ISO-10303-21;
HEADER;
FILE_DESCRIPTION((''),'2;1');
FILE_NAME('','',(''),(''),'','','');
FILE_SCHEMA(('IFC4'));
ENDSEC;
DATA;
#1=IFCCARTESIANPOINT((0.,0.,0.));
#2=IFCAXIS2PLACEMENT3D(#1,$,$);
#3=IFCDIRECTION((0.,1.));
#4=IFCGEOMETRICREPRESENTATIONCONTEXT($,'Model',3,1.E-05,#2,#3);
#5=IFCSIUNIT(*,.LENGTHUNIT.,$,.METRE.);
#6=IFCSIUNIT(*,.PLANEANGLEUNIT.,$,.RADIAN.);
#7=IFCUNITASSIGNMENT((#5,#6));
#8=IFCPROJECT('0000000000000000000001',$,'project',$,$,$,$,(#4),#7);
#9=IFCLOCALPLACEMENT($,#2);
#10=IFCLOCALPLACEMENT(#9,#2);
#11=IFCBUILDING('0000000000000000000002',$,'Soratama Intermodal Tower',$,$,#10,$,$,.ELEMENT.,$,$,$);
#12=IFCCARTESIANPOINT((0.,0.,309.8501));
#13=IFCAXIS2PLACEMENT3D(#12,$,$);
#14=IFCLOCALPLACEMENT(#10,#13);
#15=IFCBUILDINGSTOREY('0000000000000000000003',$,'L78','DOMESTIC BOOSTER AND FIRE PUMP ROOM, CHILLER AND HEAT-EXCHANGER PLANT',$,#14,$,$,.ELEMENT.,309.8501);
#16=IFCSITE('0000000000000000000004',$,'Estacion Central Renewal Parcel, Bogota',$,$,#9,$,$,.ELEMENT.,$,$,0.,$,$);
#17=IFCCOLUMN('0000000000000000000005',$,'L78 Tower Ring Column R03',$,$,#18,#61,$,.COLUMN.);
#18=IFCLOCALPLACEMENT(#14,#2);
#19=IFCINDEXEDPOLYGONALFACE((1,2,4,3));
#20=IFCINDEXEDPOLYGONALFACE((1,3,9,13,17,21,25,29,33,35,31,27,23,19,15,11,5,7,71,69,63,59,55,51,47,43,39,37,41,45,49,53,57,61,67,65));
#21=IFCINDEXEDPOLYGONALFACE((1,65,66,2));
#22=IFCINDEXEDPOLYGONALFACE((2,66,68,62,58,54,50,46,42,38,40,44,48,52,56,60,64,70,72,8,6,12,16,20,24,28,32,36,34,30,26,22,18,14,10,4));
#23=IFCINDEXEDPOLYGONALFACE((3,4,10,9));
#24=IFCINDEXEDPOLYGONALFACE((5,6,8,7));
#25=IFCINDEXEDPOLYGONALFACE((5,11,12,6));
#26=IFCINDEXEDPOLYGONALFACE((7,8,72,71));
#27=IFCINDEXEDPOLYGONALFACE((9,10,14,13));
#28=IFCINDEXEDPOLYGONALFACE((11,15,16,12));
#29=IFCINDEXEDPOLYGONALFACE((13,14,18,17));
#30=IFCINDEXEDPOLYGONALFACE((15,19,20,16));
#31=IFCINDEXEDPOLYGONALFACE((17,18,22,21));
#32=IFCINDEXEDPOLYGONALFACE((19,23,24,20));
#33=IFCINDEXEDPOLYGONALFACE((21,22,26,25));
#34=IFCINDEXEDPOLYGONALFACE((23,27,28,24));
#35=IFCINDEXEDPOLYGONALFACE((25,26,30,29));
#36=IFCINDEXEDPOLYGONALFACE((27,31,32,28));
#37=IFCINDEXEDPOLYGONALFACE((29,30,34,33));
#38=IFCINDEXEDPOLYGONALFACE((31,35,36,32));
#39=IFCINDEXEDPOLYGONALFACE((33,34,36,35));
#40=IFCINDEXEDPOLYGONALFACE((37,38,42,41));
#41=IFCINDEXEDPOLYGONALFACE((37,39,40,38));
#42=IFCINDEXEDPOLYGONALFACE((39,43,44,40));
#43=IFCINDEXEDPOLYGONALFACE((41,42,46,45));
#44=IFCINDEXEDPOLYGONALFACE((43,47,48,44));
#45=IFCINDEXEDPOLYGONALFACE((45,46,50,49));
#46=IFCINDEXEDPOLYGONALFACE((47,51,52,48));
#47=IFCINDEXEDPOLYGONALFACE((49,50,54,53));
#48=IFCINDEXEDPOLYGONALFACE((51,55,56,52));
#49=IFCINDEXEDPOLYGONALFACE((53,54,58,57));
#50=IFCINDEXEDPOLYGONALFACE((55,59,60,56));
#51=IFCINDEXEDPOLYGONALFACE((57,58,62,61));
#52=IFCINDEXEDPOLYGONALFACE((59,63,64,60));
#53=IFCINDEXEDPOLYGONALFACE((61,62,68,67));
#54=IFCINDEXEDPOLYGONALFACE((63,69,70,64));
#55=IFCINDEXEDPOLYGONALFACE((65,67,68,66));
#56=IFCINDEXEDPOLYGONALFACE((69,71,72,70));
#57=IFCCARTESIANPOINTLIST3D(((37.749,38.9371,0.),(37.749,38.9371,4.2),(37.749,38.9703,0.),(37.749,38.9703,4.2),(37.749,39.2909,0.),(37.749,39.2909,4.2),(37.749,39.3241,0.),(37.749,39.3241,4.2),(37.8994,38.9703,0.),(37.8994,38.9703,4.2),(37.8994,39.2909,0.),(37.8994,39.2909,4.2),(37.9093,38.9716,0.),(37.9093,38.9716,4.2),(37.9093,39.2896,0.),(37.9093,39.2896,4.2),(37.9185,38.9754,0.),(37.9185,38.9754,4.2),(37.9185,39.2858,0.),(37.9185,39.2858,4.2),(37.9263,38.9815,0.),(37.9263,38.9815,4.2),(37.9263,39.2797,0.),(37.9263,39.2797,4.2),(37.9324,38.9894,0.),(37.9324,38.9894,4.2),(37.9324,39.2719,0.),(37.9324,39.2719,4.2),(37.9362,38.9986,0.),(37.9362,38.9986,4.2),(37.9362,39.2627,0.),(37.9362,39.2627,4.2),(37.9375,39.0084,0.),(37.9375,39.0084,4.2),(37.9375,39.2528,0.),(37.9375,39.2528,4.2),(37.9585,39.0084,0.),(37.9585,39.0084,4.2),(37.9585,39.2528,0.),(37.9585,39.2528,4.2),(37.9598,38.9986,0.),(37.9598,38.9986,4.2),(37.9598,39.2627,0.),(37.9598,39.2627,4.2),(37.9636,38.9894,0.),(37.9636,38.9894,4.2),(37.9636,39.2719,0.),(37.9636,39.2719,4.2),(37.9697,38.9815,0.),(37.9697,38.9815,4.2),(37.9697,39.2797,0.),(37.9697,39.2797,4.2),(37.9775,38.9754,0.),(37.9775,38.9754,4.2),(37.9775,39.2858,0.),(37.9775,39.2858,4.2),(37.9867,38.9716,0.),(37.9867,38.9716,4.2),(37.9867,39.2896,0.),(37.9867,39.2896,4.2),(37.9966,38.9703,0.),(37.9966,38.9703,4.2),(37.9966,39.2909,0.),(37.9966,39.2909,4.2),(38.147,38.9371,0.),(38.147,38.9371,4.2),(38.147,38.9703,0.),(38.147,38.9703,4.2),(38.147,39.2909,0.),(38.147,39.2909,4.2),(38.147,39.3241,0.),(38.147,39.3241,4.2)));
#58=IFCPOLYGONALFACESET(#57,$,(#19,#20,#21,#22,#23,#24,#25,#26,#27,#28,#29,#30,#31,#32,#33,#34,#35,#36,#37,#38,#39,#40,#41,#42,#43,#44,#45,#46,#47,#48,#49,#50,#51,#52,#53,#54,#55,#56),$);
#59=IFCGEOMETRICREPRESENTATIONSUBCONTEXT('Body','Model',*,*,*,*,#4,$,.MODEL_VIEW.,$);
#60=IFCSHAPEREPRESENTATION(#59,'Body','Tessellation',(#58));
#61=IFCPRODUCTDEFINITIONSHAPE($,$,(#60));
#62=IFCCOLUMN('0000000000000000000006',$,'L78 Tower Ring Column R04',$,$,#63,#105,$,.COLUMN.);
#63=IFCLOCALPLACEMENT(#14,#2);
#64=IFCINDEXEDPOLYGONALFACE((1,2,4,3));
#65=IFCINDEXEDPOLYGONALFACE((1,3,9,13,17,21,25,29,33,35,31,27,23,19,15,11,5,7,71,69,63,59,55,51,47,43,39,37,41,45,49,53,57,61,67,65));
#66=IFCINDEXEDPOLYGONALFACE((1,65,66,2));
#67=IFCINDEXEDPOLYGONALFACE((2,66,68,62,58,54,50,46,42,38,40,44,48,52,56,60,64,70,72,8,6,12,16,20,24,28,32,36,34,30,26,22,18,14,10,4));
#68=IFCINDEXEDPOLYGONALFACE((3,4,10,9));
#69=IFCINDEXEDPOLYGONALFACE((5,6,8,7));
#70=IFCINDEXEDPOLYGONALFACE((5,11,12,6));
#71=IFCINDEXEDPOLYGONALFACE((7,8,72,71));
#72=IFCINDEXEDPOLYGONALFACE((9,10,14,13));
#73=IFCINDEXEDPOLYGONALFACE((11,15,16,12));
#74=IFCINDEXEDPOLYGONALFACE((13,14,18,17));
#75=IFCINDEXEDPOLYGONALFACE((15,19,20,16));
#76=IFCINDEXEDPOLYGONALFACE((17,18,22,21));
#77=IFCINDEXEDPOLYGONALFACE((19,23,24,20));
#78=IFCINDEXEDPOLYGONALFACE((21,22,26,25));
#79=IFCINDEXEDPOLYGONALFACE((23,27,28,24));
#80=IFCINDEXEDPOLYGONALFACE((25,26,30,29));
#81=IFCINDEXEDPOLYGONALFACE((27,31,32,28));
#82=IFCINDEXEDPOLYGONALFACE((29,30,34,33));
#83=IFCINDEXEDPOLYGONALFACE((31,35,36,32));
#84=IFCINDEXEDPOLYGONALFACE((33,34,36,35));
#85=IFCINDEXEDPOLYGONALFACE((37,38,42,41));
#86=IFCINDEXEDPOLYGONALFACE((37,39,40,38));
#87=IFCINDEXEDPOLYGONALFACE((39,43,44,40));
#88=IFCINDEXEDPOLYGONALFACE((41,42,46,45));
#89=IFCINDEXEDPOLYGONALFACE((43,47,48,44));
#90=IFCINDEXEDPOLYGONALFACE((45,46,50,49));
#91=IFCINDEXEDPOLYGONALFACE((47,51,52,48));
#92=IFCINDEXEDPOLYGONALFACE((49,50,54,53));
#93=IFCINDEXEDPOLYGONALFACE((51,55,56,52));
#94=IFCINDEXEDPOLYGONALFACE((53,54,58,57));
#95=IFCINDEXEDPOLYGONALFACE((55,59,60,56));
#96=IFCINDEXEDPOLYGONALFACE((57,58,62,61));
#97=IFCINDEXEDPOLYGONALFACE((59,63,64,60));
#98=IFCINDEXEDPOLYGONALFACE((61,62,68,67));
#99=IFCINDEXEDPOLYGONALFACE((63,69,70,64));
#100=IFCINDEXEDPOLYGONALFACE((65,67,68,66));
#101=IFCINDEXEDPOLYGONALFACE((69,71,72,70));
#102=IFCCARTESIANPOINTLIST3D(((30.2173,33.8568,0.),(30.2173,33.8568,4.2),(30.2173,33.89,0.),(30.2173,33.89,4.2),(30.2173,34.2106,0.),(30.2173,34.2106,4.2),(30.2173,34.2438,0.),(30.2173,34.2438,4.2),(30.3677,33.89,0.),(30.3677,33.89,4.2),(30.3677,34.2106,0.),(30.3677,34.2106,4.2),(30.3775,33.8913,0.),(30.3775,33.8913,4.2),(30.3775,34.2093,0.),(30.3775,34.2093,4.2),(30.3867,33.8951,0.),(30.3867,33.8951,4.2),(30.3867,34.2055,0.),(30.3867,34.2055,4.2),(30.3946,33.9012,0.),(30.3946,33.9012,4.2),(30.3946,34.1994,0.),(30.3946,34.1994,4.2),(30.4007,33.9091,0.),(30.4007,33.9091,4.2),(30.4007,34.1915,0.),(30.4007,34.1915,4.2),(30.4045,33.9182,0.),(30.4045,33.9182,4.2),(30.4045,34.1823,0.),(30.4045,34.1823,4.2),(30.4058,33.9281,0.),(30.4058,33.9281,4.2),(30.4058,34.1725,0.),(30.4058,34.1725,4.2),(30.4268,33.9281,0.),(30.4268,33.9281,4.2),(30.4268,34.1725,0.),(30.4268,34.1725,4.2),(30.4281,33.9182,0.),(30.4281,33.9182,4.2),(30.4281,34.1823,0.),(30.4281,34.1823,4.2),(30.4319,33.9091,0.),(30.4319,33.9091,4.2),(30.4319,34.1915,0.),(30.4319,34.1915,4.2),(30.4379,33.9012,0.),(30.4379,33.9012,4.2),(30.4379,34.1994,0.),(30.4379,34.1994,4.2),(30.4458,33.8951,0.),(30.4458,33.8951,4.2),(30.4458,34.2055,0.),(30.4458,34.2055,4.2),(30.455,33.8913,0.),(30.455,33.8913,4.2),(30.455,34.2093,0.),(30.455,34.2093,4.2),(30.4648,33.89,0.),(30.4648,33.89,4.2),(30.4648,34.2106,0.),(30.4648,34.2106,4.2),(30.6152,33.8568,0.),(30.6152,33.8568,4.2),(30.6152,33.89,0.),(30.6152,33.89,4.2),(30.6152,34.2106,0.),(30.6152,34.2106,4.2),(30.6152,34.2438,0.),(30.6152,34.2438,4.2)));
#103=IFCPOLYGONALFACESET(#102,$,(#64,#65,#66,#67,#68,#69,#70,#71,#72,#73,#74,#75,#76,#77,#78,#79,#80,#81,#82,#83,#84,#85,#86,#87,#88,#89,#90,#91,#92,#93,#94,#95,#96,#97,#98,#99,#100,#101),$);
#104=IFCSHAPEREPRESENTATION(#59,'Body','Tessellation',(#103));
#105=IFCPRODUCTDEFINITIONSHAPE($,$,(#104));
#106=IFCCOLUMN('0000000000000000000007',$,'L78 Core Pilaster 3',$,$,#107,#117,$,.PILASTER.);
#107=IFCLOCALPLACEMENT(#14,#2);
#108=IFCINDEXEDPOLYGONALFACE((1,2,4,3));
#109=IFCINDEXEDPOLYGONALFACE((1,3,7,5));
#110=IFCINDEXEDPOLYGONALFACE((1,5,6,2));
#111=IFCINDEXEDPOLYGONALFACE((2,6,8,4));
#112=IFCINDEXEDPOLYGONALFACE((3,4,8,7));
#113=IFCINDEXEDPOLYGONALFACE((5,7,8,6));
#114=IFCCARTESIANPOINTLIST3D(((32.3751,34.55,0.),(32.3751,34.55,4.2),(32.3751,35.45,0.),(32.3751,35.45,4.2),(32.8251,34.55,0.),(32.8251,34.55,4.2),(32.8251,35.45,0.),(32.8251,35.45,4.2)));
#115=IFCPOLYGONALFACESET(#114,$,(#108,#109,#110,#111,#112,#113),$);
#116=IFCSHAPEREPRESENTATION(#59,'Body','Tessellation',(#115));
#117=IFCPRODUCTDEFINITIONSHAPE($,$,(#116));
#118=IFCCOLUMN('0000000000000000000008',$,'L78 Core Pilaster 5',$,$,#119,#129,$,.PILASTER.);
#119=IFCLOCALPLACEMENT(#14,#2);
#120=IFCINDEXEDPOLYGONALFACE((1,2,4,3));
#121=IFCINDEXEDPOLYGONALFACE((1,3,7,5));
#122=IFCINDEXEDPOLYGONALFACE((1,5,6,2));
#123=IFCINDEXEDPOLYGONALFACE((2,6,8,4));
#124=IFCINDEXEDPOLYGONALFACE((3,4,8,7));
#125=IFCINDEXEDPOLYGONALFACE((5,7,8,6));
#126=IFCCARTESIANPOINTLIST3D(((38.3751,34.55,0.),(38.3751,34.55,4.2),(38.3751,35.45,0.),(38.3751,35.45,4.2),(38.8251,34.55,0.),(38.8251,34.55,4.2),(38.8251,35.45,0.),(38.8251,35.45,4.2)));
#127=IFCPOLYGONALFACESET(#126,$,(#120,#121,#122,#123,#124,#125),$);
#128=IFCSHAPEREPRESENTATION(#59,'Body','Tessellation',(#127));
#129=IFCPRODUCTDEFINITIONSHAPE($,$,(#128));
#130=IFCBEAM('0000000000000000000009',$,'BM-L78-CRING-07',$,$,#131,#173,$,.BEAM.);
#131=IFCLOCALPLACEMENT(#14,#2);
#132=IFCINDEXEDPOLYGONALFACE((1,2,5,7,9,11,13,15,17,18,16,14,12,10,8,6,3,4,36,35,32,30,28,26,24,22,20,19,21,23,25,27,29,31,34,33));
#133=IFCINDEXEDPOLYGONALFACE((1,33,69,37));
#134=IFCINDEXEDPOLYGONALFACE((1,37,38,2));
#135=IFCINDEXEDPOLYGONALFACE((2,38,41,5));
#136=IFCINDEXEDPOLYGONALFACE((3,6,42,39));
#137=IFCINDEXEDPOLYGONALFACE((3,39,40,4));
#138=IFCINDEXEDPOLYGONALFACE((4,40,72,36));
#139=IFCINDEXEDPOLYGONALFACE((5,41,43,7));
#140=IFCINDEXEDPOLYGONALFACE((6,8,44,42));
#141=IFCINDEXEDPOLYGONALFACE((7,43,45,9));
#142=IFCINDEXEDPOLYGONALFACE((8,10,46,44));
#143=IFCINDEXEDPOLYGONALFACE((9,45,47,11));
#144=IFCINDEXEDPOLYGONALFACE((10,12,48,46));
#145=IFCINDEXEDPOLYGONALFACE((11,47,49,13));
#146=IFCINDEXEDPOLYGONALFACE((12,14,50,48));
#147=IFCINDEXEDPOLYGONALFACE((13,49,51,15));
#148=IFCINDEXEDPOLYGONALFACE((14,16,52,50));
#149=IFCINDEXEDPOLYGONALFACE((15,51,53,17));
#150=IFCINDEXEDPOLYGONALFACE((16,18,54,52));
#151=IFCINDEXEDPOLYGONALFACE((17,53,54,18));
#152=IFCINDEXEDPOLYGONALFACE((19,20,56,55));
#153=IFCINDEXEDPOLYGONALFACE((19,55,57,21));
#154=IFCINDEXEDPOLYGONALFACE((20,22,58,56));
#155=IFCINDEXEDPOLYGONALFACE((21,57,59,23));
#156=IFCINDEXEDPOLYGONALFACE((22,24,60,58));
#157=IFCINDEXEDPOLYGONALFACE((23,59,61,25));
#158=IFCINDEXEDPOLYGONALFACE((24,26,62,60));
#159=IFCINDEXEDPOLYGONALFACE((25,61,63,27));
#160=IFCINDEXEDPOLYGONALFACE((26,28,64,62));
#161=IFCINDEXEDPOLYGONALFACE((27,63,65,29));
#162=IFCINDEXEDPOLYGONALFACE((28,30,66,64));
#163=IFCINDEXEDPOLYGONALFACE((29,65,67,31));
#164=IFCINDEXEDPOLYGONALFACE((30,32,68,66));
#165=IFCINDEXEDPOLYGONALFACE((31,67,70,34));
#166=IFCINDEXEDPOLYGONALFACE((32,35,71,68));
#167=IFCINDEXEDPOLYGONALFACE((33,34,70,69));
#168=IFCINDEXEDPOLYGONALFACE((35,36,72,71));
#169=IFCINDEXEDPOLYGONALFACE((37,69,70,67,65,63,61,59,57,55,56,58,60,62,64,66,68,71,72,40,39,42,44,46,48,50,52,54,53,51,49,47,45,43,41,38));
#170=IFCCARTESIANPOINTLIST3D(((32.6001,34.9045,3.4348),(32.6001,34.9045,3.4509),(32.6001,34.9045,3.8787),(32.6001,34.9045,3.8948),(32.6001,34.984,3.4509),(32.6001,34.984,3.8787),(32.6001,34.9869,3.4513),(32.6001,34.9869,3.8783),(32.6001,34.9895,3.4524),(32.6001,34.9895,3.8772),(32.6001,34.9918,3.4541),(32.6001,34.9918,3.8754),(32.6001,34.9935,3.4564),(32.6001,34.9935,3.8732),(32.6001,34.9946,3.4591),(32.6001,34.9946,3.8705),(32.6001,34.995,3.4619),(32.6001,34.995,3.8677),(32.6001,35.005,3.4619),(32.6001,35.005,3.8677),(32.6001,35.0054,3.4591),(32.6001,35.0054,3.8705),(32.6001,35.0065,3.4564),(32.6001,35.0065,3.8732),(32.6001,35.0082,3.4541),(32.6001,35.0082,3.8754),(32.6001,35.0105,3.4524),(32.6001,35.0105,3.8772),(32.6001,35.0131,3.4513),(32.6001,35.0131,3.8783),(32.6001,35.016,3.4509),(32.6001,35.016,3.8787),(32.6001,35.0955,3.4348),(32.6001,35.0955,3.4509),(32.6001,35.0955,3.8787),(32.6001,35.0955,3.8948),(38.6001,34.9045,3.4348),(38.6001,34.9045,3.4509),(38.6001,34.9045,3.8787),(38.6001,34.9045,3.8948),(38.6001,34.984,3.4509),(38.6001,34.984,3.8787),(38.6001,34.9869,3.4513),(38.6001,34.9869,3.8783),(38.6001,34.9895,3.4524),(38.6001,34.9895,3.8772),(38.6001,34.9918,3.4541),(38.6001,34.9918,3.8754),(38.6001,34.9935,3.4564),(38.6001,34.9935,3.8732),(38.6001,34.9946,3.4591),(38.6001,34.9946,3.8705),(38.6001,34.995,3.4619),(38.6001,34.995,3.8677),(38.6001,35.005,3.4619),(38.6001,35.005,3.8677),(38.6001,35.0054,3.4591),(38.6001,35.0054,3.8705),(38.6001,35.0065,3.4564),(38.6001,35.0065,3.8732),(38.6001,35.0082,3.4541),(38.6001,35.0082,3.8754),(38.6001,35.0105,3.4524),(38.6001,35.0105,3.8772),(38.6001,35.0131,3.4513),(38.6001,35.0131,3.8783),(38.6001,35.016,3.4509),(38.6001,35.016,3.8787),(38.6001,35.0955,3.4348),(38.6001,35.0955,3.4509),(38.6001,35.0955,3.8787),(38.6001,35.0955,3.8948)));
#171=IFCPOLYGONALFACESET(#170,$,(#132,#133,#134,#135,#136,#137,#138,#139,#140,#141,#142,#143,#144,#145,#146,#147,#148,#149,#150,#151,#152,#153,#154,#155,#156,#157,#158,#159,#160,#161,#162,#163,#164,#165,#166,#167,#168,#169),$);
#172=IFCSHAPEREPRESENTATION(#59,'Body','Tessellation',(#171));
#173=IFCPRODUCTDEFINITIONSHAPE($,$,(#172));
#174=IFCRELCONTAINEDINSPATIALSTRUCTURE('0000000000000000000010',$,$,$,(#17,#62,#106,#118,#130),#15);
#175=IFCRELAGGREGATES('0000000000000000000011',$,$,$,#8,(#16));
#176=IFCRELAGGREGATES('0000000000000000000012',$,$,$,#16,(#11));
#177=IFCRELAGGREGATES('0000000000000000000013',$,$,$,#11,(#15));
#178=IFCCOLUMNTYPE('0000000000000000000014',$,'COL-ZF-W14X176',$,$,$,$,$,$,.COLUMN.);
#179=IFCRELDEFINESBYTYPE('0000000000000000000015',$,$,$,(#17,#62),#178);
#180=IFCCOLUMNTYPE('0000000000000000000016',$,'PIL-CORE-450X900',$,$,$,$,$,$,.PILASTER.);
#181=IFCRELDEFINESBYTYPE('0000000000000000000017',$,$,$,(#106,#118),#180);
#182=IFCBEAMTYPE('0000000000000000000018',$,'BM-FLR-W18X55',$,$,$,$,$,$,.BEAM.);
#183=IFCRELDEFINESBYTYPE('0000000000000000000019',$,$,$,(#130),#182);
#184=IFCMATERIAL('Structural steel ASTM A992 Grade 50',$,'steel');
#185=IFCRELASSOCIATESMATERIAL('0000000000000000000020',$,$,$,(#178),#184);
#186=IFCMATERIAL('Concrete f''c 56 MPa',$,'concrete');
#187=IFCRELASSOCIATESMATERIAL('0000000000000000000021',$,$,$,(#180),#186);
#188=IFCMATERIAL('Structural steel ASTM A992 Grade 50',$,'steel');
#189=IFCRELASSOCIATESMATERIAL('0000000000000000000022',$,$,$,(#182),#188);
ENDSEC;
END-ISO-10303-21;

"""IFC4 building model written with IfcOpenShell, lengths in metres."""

from ifc_helpers import new_model, si_unit, direction, frame, origin, origin_2d, place, context, subcontext, project, spatial, rectangle, i_section, extrude, material, material_profile, profile_set, type_object, element, save


model = new_model("IFC4")

# Units and contexts
model_context = context("Model", 3, precision=1e-05, world=origin(), true_north=direction((0.0, 1.0)))
body_context = subcontext(model_context, "Body", "Model", "MODEL_VIEW")
ifc_project = project(units=[si_unit("LENGTHUNIT", "METRE"), si_unit("PLANEANGLEUNIT", "RADIAN")], contexts=[model_context])

# Site, building, storey
site_placement = place(None, origin())
site = spatial("IfcSite", under=ifc_project, at=site_placement, Name="Estacion Central Renewal Parcel, Bogota", CompositionType="ELEMENT", RefElevation=0.0)
building_placement = place(site_placement, origin())
building = spatial("IfcBuilding", under=site, at=building_placement, Name="Soratama Intermodal Tower", CompositionType="ELEMENT")
storey_placement = place(building_placement, frame((0.0, 0.0, 309.8501)))
storey = spatial("IfcBuildingStorey", under=building, at=storey_placement, Name="L78", Description="DOMESTIC BOOSTER AND FIRE PUMP ROOM, CHILLER AND HEAT-EXCHANGER PLANT", CompositionType="ELEMENT", Elevation=309.8501)

# Columns
ifc_material_1 = material(Name="Structural steel ASTM A992 Grade 50", Category="steel")
ifc_material_profile_1 = material_profile(ifc_material_1, i_section(OverallWidth=0.3979, OverallDepth=0.387, WebThickness=0.021, FlangeThickness=0.0332, FilletRadius=0.0381, at=origin_2d()), Name="W14X176")
ifc_profile_set_1 = profile_set([ifc_material_profile_1], Name="Structural steel ASTM A992 Grade 50")
column_type_1 = type_object("IfcColumnType", Name="COL-ZF-W14X176", PredefinedType="COLUMN", material=ifc_profile_set_1)
for number, where, z_axis, x_axis, name in (
    (1, (37.948, 39.1306, 0.0), (0.0, 0.0, 1.0), (1.0, 0.0, 0.0), "L78 Tower Ring Column R03"),
    (2, (30.4163, 34.0503, 0.0), (0.0, 0.0, 1.0), (1.0, 0.0, 0.0), "L78 Tower Ring Column R04"),
):
    element("IfcColumn", number, at=place(storey_placement, frame(where, z_axis=z_axis, x_axis=x_axis)), inside=storey, type_object=column_type_1, Name=name, PredefinedType="COLUMN", context=body_context, shape_type="SweptSolid", body=[
        extrude(i_section(OverallWidth=0.3979, OverallDepth=0.387, WebThickness=0.021, FlangeThickness=0.0332, FilletRadius=0.0381, at=origin_2d()), origin(), (0.0, 0.0, 1.0), 4.2),
    ])
ifc_material_2 = material(Name="Concrete f'c 56 MPa", Category="concrete")
ifc_material_profile_2 = material_profile(ifc_material_2, rectangle(XDim=0.45, YDim=0.8999, at=origin_2d()), Name="RC450X900")
ifc_profile_set_2 = profile_set([ifc_material_profile_2], Name="Concrete f'c 56 MPa")
column_type_2 = type_object("IfcColumnType", Name="PIL-CORE-450X900", PredefinedType="PILASTER", material=ifc_profile_set_2)
for number, where, z_axis, x_axis, name in (
    (3, (32.6001, 35.0, 0.0), (0.0, 0.0, 1.0), (1.0, 0.0, 0.0), "L78 Core Pilaster 3"),
    (4, (38.6001, 35.0, 0.0), (0.0, 0.0, 1.0), (1.0, 0.0, 0.0), "L78 Core Pilaster 5"),
):
    element("IfcColumn", number, at=place(storey_placement, frame(where, z_axis=z_axis, x_axis=x_axis)), inside=storey, type_object=column_type_2, Name=name, PredefinedType="PILASTER", context=body_context, shape_type="SweptSolid", body=[
        extrude(rectangle(XDim=0.45, YDim=0.8999, at=origin_2d()), origin(), (0.0, 0.0, 1.0), 4.2),
    ])

# Beam
ifc_material_3 = material(Name="Structural steel ASTM A992 Grade 50", Category="steel")
ifc_material_profile_3 = material_profile(ifc_material_3, i_section(OverallWidth=0.1909, OverallDepth=0.46, WebThickness=0.01, FlangeThickness=0.0161, FilletRadius=0.011, at=origin_2d()), Name="W18X55")
ifc_profile_set_3 = profile_set([ifc_material_profile_3], Name="Structural steel ASTM A992 Grade 50")
beam_type_1 = type_object("IfcBeamType", Name="BM-FLR-W18X55", PredefinedType="BEAM", material=ifc_profile_set_3)
beam_1_placement = place(storey_placement, frame((38.6001, 35.0, 3.6648), z_axis=(-1.0, 0.0, 0.0), x_axis=(0.0, -1.0, 0.0)))
element("IfcBeam", 5, at=beam_1_placement, inside=storey, type_object=beam_type_1, Name="BM-L78-CRING-07", PredefinedType="BEAM", context=body_context, shape_type="SweptSolid", body=[
    extrude(i_section(OverallWidth=0.1909, OverallDepth=0.46, WebThickness=0.01, FlangeThickness=0.0161, FilletRadius=0.011, at=origin_2d()), origin(), (0.0, 0.0, 1.0), 6.0),
])

save(model, "model.ifc")
